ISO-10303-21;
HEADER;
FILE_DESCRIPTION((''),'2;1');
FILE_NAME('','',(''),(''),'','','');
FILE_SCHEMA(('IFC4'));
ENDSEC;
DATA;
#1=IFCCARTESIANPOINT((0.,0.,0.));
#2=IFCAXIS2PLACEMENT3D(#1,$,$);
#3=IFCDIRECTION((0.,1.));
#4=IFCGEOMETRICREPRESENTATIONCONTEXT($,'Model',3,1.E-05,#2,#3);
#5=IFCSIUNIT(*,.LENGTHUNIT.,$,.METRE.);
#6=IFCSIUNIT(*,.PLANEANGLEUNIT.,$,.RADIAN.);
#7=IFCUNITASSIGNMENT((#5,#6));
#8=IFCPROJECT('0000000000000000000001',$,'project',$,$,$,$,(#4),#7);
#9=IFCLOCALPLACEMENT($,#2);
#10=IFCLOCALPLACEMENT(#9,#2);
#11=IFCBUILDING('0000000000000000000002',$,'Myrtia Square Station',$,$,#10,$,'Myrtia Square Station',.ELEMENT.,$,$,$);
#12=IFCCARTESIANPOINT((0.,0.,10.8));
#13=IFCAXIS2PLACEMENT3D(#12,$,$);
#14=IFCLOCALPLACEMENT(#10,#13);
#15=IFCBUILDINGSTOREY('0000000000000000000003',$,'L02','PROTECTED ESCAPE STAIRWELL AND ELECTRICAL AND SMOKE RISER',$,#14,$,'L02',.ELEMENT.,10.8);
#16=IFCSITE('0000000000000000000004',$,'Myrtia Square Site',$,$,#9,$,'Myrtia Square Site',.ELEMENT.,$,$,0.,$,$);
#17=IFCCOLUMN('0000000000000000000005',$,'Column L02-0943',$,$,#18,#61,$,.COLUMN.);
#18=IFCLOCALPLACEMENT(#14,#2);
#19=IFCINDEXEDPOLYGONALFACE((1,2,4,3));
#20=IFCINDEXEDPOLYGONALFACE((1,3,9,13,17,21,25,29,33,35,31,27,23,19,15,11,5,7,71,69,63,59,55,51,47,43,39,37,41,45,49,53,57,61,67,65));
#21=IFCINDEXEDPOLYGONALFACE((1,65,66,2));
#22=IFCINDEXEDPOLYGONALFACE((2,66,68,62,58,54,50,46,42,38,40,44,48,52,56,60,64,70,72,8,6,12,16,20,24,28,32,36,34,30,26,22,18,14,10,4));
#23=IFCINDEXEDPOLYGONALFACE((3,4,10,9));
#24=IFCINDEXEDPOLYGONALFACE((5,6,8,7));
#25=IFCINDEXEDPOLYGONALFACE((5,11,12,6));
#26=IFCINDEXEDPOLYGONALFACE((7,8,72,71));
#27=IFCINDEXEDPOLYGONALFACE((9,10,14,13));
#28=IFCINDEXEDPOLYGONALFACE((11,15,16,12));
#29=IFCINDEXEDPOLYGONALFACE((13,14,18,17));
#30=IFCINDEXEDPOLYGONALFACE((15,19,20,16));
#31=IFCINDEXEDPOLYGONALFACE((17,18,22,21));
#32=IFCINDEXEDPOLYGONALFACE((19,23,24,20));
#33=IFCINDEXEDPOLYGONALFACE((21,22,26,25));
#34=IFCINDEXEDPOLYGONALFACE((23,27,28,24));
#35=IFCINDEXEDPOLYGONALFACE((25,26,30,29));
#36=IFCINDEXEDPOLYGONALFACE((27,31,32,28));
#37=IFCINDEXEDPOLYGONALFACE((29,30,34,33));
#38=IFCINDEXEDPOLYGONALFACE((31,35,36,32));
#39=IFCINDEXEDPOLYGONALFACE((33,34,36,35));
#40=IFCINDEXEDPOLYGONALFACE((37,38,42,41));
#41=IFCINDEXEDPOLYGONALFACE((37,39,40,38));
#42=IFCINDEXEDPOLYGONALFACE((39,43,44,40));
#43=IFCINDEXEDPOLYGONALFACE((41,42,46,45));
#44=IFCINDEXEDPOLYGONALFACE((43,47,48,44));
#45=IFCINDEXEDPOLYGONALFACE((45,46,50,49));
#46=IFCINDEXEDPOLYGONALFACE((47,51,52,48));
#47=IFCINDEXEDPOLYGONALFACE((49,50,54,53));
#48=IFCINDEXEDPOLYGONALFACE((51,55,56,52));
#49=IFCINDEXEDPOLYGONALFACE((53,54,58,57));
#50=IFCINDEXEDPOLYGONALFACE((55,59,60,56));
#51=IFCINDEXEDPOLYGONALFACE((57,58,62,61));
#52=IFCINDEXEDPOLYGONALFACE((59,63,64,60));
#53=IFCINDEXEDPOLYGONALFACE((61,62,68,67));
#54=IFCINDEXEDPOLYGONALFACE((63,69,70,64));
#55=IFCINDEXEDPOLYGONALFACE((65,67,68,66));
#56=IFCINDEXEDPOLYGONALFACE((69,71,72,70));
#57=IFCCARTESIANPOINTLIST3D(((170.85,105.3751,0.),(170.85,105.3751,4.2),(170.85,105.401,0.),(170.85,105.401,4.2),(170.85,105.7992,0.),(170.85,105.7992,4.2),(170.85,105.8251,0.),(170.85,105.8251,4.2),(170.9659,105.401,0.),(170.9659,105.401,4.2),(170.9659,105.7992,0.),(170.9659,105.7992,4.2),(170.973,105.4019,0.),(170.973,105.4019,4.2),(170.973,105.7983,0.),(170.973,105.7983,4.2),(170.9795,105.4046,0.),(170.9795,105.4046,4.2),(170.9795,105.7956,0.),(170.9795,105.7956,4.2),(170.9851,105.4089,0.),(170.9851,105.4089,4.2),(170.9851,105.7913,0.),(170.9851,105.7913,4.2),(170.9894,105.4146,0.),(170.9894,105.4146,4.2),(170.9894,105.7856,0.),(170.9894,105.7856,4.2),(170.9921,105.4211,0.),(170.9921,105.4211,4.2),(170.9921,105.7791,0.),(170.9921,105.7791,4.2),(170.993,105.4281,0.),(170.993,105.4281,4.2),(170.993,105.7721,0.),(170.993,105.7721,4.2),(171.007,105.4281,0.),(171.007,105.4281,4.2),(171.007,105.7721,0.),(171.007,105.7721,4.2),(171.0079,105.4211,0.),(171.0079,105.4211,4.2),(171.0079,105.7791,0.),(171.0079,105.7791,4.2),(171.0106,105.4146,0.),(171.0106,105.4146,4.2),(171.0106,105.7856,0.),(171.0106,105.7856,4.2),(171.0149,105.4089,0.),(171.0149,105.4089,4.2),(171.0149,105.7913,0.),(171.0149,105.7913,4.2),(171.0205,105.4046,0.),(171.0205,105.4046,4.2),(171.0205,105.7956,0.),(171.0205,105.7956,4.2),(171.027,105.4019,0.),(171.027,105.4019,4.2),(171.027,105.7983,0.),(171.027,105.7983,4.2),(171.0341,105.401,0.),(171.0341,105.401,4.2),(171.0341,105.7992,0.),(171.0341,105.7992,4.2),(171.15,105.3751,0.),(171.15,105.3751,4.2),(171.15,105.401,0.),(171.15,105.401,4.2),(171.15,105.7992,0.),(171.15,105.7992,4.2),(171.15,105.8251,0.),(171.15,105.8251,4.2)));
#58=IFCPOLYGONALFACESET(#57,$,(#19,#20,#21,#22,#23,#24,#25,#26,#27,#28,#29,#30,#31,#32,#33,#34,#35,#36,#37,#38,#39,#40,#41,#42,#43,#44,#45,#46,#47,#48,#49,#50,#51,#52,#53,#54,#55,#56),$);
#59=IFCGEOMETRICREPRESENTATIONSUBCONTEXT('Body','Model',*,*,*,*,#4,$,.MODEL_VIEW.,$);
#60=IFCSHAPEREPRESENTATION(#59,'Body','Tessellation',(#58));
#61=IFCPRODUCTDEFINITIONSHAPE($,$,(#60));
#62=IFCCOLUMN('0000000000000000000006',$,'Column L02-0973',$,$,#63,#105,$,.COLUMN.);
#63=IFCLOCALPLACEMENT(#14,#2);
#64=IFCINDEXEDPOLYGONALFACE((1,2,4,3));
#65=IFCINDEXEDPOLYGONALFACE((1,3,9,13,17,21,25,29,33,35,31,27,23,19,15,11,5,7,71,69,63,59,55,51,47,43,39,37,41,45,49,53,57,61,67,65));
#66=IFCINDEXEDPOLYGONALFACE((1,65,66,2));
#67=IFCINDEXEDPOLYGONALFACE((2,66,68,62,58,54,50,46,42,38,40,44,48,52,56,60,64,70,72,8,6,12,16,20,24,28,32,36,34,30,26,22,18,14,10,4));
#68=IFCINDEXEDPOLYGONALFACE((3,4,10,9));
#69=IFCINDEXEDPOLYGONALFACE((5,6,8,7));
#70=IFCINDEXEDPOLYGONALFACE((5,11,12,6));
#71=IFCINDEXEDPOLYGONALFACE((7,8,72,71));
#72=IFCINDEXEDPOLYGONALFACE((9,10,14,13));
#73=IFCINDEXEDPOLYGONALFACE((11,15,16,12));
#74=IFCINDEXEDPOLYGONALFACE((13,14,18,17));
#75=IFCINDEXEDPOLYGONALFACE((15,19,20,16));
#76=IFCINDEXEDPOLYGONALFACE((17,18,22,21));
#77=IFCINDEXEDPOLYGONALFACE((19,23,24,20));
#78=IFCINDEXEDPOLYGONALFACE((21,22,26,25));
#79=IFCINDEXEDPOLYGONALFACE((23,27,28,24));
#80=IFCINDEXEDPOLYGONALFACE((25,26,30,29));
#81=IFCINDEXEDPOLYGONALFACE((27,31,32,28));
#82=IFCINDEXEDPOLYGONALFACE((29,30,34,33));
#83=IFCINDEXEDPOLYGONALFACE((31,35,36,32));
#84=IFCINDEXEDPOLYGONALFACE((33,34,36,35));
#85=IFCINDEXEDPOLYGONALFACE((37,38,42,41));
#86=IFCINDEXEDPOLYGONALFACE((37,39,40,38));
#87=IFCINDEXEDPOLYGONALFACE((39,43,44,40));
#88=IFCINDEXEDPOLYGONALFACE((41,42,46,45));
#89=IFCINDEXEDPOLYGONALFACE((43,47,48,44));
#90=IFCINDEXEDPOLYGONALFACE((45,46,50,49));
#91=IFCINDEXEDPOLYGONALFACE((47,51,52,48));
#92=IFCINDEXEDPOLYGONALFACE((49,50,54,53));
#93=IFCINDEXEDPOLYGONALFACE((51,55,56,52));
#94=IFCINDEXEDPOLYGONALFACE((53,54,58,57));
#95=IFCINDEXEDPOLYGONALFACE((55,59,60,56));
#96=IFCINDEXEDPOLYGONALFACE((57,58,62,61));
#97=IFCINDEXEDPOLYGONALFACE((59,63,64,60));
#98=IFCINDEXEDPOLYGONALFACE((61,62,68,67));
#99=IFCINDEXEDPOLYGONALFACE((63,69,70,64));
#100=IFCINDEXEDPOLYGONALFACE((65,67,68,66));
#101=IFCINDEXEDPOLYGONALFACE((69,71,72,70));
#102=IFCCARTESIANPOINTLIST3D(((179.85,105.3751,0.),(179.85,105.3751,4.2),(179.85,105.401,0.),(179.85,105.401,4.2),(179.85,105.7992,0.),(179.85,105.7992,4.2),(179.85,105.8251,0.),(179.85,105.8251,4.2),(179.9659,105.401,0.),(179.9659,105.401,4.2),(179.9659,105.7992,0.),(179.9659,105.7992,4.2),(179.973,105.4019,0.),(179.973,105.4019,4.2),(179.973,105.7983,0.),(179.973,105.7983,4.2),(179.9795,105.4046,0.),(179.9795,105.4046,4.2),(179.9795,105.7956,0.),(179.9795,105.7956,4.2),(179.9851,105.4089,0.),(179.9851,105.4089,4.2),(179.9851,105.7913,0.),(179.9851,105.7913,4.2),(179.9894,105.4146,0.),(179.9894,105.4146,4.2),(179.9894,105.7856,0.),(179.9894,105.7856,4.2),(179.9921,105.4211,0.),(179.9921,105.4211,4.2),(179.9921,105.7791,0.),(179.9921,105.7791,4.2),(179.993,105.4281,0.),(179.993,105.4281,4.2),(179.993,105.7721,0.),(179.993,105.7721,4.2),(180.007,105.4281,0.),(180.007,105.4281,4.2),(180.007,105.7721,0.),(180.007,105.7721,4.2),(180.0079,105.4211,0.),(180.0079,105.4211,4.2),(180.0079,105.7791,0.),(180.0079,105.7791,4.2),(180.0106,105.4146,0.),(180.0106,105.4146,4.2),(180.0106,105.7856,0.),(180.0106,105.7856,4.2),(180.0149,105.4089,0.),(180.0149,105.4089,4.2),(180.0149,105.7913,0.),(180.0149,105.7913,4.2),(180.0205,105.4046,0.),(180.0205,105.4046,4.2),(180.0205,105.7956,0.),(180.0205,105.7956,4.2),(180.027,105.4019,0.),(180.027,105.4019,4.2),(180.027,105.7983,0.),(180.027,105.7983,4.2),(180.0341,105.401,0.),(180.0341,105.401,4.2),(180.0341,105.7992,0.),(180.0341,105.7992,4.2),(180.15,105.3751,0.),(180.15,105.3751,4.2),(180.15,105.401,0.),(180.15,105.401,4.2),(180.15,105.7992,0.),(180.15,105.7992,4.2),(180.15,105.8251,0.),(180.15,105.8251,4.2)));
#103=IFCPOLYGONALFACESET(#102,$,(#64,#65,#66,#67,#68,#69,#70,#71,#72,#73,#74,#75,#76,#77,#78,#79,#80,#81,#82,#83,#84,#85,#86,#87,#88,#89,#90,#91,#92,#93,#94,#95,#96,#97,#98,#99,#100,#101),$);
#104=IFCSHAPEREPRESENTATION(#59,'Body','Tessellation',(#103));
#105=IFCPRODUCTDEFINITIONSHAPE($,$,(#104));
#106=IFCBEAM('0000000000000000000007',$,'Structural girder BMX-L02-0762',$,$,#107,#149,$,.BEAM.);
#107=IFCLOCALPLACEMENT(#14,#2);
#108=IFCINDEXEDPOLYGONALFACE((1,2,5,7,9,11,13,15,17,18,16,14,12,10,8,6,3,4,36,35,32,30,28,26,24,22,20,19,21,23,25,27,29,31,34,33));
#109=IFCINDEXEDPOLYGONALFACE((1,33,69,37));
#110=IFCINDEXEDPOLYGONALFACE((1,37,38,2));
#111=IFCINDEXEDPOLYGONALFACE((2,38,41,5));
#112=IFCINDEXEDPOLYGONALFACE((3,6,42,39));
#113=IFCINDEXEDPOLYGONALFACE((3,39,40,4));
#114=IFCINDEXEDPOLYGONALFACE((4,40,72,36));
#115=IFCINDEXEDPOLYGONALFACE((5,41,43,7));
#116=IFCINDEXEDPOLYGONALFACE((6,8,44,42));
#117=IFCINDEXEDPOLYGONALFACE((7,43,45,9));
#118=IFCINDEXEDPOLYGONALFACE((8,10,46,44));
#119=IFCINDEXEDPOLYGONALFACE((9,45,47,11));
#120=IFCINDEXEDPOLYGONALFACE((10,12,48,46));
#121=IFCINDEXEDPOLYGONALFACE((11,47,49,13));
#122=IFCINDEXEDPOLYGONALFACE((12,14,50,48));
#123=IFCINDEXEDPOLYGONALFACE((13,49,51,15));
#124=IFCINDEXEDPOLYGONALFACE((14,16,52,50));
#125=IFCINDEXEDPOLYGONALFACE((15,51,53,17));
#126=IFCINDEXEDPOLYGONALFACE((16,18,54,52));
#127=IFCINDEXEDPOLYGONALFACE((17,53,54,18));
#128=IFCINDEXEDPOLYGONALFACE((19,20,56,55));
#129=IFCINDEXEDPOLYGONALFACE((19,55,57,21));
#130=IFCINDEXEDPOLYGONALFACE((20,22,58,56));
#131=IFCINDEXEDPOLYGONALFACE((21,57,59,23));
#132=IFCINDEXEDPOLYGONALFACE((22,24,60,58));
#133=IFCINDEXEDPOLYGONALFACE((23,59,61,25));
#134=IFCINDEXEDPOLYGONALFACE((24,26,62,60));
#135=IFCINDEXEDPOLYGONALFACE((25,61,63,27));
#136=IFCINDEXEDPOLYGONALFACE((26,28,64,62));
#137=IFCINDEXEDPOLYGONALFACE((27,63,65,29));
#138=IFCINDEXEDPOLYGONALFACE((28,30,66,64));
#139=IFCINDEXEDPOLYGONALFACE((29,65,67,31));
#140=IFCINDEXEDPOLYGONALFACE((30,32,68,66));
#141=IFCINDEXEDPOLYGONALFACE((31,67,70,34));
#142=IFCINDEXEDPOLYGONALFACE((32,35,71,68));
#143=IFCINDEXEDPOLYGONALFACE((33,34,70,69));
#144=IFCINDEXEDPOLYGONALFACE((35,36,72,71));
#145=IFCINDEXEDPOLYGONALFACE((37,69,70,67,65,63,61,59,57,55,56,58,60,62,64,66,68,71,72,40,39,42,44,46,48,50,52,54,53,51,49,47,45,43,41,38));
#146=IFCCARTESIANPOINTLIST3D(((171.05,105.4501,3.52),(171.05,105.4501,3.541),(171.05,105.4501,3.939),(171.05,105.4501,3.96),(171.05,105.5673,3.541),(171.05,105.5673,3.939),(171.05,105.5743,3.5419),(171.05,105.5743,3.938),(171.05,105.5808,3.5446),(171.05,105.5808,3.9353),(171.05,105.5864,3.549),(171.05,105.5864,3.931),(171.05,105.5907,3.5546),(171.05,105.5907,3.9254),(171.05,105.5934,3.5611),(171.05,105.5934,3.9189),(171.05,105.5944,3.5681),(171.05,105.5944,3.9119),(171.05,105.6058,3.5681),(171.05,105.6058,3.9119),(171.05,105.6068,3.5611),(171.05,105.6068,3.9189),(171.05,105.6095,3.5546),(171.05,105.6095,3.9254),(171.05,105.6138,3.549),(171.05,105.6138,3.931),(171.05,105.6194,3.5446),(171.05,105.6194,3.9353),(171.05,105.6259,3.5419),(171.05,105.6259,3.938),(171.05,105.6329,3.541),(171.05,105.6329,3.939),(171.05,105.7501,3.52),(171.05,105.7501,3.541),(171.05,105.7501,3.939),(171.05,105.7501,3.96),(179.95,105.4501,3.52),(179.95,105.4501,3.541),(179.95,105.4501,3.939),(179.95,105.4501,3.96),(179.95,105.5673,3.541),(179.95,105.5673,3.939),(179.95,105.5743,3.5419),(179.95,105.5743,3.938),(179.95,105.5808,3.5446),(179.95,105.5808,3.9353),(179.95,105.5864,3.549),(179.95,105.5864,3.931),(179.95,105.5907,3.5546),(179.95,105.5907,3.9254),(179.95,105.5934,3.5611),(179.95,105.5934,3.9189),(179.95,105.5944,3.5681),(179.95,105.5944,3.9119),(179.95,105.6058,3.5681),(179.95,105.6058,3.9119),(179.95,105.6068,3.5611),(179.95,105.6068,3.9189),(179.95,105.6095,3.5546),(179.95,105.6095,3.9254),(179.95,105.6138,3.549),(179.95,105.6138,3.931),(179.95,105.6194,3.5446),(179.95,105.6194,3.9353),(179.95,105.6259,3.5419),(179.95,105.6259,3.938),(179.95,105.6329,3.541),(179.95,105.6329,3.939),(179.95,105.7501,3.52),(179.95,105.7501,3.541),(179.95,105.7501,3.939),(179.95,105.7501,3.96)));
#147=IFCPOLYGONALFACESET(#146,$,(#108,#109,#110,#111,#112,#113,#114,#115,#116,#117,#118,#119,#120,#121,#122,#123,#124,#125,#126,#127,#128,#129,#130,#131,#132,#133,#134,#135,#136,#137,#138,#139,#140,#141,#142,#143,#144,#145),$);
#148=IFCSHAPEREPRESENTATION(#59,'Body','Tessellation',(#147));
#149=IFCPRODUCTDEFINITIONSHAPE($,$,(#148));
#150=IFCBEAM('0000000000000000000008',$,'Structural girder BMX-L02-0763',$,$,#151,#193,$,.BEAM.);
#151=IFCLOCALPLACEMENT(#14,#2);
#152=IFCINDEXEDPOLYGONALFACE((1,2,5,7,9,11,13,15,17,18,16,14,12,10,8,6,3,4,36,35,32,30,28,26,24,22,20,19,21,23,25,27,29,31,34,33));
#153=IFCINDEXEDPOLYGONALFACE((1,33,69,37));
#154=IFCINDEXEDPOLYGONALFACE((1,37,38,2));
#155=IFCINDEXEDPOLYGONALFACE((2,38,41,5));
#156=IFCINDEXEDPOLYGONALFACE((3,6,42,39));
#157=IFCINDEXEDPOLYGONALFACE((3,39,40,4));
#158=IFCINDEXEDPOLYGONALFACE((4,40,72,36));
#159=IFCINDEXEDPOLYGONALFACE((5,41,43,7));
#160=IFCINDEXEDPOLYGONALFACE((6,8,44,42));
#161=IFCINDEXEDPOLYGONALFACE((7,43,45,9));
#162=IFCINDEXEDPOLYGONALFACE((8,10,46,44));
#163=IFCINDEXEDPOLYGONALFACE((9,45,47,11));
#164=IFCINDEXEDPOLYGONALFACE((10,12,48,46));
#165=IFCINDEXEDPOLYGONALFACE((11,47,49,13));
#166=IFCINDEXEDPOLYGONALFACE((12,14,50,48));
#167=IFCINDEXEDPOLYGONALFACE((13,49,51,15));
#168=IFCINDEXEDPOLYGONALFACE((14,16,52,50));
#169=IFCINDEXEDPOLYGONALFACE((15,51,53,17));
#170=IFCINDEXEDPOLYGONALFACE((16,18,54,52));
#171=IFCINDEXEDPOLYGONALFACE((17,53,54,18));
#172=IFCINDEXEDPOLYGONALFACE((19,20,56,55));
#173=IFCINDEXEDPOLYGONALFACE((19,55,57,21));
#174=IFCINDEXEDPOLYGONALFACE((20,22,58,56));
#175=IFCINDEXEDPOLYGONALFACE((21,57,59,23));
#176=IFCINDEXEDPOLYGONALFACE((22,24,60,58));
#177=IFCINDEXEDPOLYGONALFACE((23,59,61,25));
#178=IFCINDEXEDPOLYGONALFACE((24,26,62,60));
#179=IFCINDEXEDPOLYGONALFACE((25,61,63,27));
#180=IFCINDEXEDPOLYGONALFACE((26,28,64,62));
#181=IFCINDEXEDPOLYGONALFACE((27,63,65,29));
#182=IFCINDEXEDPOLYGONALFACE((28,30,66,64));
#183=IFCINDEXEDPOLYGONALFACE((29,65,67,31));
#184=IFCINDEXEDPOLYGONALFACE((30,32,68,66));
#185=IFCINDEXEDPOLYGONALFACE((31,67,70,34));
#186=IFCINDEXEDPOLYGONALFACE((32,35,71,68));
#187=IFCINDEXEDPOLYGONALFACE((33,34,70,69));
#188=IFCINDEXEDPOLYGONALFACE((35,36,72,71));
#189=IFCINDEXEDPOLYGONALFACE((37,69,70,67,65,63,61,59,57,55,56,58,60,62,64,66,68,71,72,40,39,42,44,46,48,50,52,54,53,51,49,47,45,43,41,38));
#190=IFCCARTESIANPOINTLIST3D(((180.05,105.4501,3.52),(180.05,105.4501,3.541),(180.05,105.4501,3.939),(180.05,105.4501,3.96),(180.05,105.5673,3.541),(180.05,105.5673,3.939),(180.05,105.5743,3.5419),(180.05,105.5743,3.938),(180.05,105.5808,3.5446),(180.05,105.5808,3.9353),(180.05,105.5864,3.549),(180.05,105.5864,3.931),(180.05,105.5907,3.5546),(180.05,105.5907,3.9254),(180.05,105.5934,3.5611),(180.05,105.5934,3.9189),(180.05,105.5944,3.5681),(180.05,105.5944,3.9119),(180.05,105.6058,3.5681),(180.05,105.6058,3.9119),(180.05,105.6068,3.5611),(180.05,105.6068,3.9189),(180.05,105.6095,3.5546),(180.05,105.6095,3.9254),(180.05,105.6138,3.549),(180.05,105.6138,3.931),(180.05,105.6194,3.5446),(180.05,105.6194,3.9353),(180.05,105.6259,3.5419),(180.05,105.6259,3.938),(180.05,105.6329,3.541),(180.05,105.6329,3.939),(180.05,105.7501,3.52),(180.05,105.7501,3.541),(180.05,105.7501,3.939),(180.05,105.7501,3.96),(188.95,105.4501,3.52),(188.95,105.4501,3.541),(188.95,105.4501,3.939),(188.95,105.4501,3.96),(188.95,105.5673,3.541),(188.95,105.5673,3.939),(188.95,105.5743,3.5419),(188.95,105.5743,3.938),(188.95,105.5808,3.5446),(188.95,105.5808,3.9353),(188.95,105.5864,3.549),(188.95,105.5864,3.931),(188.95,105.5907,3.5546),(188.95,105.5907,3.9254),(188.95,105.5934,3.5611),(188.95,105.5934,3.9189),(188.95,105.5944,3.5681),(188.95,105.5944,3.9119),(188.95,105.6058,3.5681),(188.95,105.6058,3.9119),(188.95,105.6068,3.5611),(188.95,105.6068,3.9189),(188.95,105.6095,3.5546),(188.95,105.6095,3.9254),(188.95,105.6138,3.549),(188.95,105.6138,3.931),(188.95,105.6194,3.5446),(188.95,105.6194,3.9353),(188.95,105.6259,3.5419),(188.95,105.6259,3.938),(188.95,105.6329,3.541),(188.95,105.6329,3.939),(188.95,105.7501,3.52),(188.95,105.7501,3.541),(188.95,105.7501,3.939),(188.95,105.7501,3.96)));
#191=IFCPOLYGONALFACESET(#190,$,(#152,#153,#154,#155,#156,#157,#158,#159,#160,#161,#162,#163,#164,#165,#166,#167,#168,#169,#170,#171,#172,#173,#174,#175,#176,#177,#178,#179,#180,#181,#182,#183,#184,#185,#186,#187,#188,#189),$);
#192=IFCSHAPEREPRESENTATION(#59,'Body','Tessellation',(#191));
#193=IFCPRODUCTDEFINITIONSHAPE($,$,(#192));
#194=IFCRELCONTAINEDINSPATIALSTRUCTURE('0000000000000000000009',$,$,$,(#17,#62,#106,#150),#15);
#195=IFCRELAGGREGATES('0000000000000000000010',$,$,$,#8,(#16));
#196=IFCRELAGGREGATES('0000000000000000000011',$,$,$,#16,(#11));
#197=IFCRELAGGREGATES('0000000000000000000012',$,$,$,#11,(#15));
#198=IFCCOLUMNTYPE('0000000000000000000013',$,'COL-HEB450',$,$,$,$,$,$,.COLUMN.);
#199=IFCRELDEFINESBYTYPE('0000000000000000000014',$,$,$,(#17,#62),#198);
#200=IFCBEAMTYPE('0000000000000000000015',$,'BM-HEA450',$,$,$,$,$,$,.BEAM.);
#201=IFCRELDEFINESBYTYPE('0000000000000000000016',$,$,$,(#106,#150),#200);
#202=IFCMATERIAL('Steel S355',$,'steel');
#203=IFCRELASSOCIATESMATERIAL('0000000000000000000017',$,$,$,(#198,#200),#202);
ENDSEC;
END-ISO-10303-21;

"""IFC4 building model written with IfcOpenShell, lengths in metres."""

from ifc_helpers import new_model, si_unit, direction, frame, origin, origin_2d, place, context, subcontext, project, spatial, i_section, extrude, material, material_profile, profile_set, type_object, element, save


model = new_model("IFC4")

# Units and contexts
model_context = context("Model", 3, precision=1e-05, world=origin(), true_north=direction((0.0, 1.0)))
body_context = subcontext(model_context, "Body", "Model", "MODEL_VIEW")
ifc_project = project(units=[si_unit("LENGTHUNIT", "METRE"), si_unit("PLANEANGLEUNIT", "RADIAN")], contexts=[model_context])

# Site, building, storey
site_placement = place(None, origin())
site = spatial("IfcSite", under=ifc_project, at=site_placement, Name="Myrtia Square Site", LongName="Myrtia Square Site", CompositionType="ELEMENT", RefElevation=0.0)
building_placement = place(site_placement, origin())
building = spatial("IfcBuilding", under=site, at=building_placement, Name="Myrtia Square Station", LongName="Myrtia Square Station", CompositionType="ELEMENT")
storey_placement = place(building_placement, frame((0.0, 0.0, 10.8)))
storey = spatial("IfcBuildingStorey", under=building, at=storey_placement, Name="L02", Description="PROTECTED ESCAPE STAIRWELL AND ELECTRICAL AND SMOKE RISER", LongName="L02", CompositionType="ELEMENT", Elevation=10.8)

# Columns
ifc_material_1 = material(Name="Steel S355", Category="steel")
ifc_material_profile_1 = material_profile(ifc_material_1, i_section(OverallWidth=0.3, OverallDepth=0.45, WebThickness=0.0139, FlangeThickness=0.0259, FilletRadius=0.0271, at=origin_2d()), Name="HEB 450")
ifc_profile_set_1 = profile_set([ifc_material_profile_1], Name="Steel S355")
column_type = type_object("IfcColumnType", Name="COL-HEB450", PredefinedType="COLUMN", material=ifc_profile_set_1)
for number, where, z_axis, x_axis, name in (
    (1, (171.0, 105.6001, 0.0), (0.0, 0.0, 1.0), (1.0, 0.0, 0.0), "Column L02-0943"),
    (2, (180.0, 105.6001, 0.0), (0.0, 0.0, 1.0), (1.0, 0.0, 0.0), "Column L02-0973"),
):
    element("IfcColumn", number, at=place(storey_placement, frame(where, z_axis=z_axis, x_axis=x_axis)), inside=storey, type_object=column_type, Name=name, PredefinedType="COLUMN", context=body_context, shape_type="SweptSolid", body=[
        extrude(i_section(OverallWidth=0.3, OverallDepth=0.45, WebThickness=0.0139, FlangeThickness=0.0259, FilletRadius=0.0271, at=origin_2d()), origin(), (0.0, 0.0, 1.0), 4.2),
    ])

# Beams
ifc_material_profile_2 = material_profile(ifc_material_1, i_section(OverallWidth=0.3, OverallDepth=0.4399, WebThickness=0.0115, FlangeThickness=0.021, FilletRadius=0.0271, at=origin_2d()), Name="HEA 450")
ifc_profile_set_2 = profile_set([ifc_material_profile_2], Name="Steel S355")
beam_type_1 = type_object("IfcBeamType", Name="BM-HEA450", PredefinedType="BEAM", material=ifc_profile_set_2)
for number, where, z_axis, x_axis, name in (
    (3, (171.05, 105.6001, 3.74), (1.0, 0.0, 0.0), (0.0, 1.0, 0.0), "Structural girder BMX-L02-0762"),
    (4, (180.05, 105.6001, 3.74), (1.0, 0.0, 0.0), (0.0, 1.0, 0.0), "Structural girder BMX-L02-0763"),
):
    element("IfcBeam", number, at=place(storey_placement, frame(where, z_axis=z_axis, x_axis=x_axis)), inside=storey, type_object=beam_type_1, Name=name, PredefinedType="BEAM", context=body_context, shape_type="SweptSolid", body=[
        extrude(i_section(OverallWidth=0.3, OverallDepth=0.4399, WebThickness=0.0115, FlangeThickness=0.021, FilletRadius=0.0271, at=origin_2d()), origin(), (0.0, 0.0, 1.0), 8.8999),
    ])

save(model, "model.ifc")
